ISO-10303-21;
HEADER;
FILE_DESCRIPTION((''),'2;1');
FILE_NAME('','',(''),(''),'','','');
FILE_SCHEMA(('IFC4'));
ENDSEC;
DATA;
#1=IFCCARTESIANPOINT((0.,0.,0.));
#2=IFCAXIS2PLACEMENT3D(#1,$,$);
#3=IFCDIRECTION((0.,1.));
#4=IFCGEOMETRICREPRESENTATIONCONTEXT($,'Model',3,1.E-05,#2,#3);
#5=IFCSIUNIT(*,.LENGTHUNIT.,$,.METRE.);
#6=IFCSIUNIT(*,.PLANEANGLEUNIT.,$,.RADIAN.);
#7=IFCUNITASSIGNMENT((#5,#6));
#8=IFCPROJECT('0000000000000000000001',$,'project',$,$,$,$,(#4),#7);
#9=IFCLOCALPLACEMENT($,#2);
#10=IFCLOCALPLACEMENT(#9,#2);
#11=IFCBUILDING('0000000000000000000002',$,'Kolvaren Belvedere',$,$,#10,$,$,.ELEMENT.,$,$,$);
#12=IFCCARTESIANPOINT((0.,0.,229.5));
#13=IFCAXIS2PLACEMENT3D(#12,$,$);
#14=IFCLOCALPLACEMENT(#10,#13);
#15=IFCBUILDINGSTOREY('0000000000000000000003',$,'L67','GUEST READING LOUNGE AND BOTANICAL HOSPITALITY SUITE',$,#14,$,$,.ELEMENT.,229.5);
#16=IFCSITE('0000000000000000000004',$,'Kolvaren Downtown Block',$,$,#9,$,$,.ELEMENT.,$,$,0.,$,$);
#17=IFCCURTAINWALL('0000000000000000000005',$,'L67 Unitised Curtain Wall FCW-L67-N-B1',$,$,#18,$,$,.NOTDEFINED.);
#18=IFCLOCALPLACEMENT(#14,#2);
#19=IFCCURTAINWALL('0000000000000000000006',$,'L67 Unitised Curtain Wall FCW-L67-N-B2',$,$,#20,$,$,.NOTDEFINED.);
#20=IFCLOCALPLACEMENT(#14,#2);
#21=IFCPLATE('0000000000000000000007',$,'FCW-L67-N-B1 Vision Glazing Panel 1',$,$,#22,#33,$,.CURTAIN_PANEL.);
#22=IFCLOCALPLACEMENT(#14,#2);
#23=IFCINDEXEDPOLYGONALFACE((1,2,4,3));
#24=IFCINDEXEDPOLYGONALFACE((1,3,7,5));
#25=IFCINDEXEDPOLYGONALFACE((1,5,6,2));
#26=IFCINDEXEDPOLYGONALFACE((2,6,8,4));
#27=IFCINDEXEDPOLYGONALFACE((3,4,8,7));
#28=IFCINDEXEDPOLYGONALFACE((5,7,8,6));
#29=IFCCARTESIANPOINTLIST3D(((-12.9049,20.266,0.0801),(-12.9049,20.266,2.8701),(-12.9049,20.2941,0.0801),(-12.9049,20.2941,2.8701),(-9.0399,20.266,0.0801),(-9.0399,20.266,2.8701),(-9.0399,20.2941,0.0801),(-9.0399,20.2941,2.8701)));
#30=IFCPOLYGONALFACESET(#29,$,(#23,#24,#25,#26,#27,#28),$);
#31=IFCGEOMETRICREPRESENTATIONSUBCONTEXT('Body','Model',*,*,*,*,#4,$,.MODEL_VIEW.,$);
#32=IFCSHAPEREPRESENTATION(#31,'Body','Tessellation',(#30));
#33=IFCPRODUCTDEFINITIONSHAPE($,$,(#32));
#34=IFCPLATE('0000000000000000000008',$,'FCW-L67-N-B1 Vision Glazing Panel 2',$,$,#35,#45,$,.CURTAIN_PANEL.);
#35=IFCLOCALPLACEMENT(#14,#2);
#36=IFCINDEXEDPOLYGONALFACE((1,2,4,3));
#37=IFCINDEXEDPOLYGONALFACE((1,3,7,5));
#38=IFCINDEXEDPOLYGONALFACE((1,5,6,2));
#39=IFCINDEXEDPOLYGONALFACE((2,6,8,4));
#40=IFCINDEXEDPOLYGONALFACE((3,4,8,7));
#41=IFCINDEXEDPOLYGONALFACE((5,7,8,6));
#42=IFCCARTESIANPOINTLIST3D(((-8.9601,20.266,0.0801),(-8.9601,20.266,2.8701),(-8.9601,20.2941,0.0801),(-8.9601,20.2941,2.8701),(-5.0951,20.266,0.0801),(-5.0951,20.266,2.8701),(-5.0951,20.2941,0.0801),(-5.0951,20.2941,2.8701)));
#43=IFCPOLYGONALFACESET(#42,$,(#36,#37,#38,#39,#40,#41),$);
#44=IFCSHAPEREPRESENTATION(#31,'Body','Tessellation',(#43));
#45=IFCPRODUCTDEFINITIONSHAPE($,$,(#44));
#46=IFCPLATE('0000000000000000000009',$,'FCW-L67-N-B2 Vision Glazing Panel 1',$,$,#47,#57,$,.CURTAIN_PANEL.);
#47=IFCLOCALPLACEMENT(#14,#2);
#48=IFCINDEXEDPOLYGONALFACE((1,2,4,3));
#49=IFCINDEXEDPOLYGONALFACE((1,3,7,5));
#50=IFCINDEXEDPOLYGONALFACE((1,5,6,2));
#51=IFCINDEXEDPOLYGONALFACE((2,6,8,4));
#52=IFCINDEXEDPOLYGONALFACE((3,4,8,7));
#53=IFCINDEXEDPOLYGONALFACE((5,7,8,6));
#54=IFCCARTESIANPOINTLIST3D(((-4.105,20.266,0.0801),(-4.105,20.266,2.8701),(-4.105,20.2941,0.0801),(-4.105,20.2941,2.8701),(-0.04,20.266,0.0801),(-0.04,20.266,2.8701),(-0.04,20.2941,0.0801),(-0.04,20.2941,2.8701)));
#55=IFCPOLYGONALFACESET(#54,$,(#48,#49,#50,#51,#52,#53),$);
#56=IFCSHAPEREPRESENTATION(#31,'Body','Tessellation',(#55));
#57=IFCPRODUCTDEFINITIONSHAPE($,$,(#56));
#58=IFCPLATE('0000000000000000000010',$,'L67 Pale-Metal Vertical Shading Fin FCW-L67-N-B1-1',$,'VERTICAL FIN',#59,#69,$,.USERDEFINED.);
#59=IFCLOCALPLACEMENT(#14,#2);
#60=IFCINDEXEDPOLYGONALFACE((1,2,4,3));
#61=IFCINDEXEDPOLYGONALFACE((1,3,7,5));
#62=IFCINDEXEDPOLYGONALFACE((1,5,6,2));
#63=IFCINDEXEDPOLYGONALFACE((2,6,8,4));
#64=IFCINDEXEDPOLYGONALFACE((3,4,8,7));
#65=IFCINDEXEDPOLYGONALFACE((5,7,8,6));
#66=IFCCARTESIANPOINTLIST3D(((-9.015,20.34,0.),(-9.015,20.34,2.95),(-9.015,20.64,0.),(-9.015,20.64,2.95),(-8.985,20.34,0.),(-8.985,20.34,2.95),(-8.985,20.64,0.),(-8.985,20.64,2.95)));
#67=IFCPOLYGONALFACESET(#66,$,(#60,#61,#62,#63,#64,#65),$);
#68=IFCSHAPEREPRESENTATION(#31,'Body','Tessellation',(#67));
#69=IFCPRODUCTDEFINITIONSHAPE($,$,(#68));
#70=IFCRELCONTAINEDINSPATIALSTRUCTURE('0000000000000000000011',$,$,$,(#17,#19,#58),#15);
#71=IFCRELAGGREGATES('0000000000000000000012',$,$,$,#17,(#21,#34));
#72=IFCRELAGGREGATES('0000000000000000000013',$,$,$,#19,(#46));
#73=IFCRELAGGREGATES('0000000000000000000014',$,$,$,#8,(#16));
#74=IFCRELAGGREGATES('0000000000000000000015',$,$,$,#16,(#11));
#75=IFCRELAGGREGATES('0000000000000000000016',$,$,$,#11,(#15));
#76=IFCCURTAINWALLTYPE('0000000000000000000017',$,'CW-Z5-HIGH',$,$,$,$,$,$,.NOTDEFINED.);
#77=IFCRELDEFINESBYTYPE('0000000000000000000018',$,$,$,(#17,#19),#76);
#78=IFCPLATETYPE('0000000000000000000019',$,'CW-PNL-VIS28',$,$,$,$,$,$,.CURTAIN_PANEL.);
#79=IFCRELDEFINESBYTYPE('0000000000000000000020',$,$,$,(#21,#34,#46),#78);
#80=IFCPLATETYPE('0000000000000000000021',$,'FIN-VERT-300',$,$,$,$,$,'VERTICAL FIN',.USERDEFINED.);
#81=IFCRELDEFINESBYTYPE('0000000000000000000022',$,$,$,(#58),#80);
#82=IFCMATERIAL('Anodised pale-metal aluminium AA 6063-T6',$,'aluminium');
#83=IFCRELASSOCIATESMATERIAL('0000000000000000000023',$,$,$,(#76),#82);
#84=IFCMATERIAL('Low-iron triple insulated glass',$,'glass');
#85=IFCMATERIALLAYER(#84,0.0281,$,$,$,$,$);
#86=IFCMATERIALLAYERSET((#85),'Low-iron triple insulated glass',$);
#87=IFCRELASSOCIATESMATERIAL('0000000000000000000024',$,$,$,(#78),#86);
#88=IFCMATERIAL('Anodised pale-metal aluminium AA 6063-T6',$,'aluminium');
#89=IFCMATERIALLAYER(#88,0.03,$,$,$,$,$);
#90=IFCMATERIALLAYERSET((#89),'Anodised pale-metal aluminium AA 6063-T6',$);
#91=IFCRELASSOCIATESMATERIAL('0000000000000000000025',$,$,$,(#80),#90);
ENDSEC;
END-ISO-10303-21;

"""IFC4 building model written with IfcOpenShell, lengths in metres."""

from ifc_helpers import new_model, si_unit, direction, frame, origin, origin_2d, place, context, subcontext, project, spatial, rectangle, extrude, material, layer, layer_set, type_object, element, aggregate, save


model = new_model("IFC4")

# Units and contexts
model_context = context("Model", 3, precision=1e-05, world=origin(), true_north=direction((0.0, 1.0)))
body_context = subcontext(model_context, "Body", "Model", "MODEL_VIEW")
ifc_project = project(units=[si_unit("LENGTHUNIT", "METRE"), si_unit("PLANEANGLEUNIT", "RADIAN")], contexts=[model_context])

# Site, building, storey
site_placement = place(None, origin())
site = spatial("IfcSite", under=ifc_project, at=site_placement, Name="Kolvaren Downtown Block", CompositionType="ELEMENT", RefElevation=0.0)
building_placement = place(site_placement, origin())
building = spatial("IfcBuilding", under=site, at=building_placement, Name="Kolvaren Belvedere", CompositionType="ELEMENT")
storey_placement = place(building_placement, frame((0.0, 0.0, 229.5)))
storey = spatial("IfcBuildingStorey", under=building, at=storey_placement, Name="L67", Description="GUEST READING LOUNGE AND BOTANICAL HOSPITALITY SUITE", CompositionType="ELEMENT", Elevation=229.5)

# Curtain wall
ifc_material_1 = material(Name="Anodised pale-metal aluminium AA 6063-T6", Category="aluminium")
curtain_wall_type = type_object("IfcCurtainWallType", Name="CW-Z5-HIGH", PredefinedType="NOTDEFINED", material=ifc_material_1)
curtain_wall_1_placement = place(storey_placement, origin())
curtain_wall_1 = element("IfcCurtainWall", 1, at=curtain_wall_1_placement, inside=storey, type_object=curtain_wall_type, Name="L67 Unitised Curtain Wall FCW-L67-N-B1", PredefinedType="NOTDEFINED")

# Curtain wall
curtain_wall_2_placement = place(storey_placement, origin())
curtain_wall_2 = element("IfcCurtainWall", 2, at=curtain_wall_2_placement, inside=storey, type_object=curtain_wall_type, Name="L67 Unitised Curtain Wall FCW-L67-N-B2", PredefinedType="NOTDEFINED")

# Plates
ifc_material_2 = material(Name="Low-iron triple insulated glass", Category="glass")
ifc_layer_1 = layer(ifc_material_2, 0.0281)
ifc_layer_set_1 = layer_set([ifc_layer_1], Name="Low-iron triple insulated glass")
plate_type_1 = type_object("IfcPlateType", Name="CW-PNL-VIS28", PredefinedType="CURTAIN_PANEL", material=ifc_layer_set_1)
plate_1_placement = place(storey_placement, frame((-10.9724, 20.28, 0.0801), z_axis=(0.0, 0.0, 1.0), x_axis=(1.0, 0.0, 0.0)))
plate_1 = element("IfcPlate", 3, at=plate_1_placement, type_object=plate_type_1, Name="FCW-L67-N-B1 Vision Glazing Panel 1", PredefinedType="CURTAIN_PANEL", context=body_context, shape_type="SweptSolid", body=[
    extrude(rectangle(XDim=3.865, YDim=0.0281, at=origin_2d()), origin(), (0.0, 0.0, 1.0), 2.79),
])
plate_2_placement = place(storey_placement, frame((-7.0276, 20.28, 0.0801), z_axis=(0.0, 0.0, 1.0), x_axis=(1.0, 0.0, 0.0)))
plate_2 = element("IfcPlate", 4, at=plate_2_placement, type_object=plate_type_1, Name="FCW-L67-N-B1 Vision Glazing Panel 2", PredefinedType="CURTAIN_PANEL", context=body_context, shape_type="SweptSolid", body=[
    extrude(rectangle(XDim=3.865, YDim=0.0281, at=origin_2d()), origin(), (0.0, 0.0, 1.0), 2.79),
])
aggregate(curtain_wall_1, [plate_1, plate_2])
plate_3_placement = place(storey_placement, frame((-2.0725, 20.28, 0.0801), z_axis=(0.0, 0.0, 1.0), x_axis=(1.0, 0.0, 0.0)))
plate_3 = element("IfcPlate", 5, at=plate_3_placement, type_object=plate_type_1, Name="FCW-L67-N-B2 Vision Glazing Panel 1", PredefinedType="CURTAIN_PANEL", context=body_context, shape_type="SweptSolid", body=[
    extrude(rectangle(XDim=4.0649, YDim=0.0281, at=origin_2d()), origin(), (0.0, 0.0, 1.0), 2.79),
])
aggregate(curtain_wall_2, [plate_3])
ifc_material_3 = material(Name="Anodised pale-metal aluminium AA 6063-T6", Category="aluminium")
ifc_layer_2 = layer(ifc_material_3, 0.03)
ifc_layer_set_2 = layer_set([ifc_layer_2], Name="Anodised pale-metal aluminium AA 6063-T6")
plate_type_2 = type_object("IfcPlateType", Name="FIN-VERT-300", ElementType="VERTICAL FIN", PredefinedType="USERDEFINED", material=ifc_layer_set_2)
plate_4_placement = place(storey_placement, frame((-9.0, 20.49, 0.0), z_axis=(0.0, 0.0, 1.0), x_axis=(0.0, 1.0, 0.0)))
element("IfcPlate", 6, at=plate_4_placement, inside=storey, type_object=plate_type_2, Name="L67 Pale-Metal Vertical Shading Fin FCW-L67-N-B1-1", ObjectType="VERTICAL FIN", PredefinedType="USERDEFINED", context=body_context, shape_type="SweptSolid", body=[
    extrude(rectangle(XDim=0.3, YDim=0.03, at=origin_2d()), origin(), (0.0, 0.0, 1.0), 2.95),
])

save(model, "model.ifc")
